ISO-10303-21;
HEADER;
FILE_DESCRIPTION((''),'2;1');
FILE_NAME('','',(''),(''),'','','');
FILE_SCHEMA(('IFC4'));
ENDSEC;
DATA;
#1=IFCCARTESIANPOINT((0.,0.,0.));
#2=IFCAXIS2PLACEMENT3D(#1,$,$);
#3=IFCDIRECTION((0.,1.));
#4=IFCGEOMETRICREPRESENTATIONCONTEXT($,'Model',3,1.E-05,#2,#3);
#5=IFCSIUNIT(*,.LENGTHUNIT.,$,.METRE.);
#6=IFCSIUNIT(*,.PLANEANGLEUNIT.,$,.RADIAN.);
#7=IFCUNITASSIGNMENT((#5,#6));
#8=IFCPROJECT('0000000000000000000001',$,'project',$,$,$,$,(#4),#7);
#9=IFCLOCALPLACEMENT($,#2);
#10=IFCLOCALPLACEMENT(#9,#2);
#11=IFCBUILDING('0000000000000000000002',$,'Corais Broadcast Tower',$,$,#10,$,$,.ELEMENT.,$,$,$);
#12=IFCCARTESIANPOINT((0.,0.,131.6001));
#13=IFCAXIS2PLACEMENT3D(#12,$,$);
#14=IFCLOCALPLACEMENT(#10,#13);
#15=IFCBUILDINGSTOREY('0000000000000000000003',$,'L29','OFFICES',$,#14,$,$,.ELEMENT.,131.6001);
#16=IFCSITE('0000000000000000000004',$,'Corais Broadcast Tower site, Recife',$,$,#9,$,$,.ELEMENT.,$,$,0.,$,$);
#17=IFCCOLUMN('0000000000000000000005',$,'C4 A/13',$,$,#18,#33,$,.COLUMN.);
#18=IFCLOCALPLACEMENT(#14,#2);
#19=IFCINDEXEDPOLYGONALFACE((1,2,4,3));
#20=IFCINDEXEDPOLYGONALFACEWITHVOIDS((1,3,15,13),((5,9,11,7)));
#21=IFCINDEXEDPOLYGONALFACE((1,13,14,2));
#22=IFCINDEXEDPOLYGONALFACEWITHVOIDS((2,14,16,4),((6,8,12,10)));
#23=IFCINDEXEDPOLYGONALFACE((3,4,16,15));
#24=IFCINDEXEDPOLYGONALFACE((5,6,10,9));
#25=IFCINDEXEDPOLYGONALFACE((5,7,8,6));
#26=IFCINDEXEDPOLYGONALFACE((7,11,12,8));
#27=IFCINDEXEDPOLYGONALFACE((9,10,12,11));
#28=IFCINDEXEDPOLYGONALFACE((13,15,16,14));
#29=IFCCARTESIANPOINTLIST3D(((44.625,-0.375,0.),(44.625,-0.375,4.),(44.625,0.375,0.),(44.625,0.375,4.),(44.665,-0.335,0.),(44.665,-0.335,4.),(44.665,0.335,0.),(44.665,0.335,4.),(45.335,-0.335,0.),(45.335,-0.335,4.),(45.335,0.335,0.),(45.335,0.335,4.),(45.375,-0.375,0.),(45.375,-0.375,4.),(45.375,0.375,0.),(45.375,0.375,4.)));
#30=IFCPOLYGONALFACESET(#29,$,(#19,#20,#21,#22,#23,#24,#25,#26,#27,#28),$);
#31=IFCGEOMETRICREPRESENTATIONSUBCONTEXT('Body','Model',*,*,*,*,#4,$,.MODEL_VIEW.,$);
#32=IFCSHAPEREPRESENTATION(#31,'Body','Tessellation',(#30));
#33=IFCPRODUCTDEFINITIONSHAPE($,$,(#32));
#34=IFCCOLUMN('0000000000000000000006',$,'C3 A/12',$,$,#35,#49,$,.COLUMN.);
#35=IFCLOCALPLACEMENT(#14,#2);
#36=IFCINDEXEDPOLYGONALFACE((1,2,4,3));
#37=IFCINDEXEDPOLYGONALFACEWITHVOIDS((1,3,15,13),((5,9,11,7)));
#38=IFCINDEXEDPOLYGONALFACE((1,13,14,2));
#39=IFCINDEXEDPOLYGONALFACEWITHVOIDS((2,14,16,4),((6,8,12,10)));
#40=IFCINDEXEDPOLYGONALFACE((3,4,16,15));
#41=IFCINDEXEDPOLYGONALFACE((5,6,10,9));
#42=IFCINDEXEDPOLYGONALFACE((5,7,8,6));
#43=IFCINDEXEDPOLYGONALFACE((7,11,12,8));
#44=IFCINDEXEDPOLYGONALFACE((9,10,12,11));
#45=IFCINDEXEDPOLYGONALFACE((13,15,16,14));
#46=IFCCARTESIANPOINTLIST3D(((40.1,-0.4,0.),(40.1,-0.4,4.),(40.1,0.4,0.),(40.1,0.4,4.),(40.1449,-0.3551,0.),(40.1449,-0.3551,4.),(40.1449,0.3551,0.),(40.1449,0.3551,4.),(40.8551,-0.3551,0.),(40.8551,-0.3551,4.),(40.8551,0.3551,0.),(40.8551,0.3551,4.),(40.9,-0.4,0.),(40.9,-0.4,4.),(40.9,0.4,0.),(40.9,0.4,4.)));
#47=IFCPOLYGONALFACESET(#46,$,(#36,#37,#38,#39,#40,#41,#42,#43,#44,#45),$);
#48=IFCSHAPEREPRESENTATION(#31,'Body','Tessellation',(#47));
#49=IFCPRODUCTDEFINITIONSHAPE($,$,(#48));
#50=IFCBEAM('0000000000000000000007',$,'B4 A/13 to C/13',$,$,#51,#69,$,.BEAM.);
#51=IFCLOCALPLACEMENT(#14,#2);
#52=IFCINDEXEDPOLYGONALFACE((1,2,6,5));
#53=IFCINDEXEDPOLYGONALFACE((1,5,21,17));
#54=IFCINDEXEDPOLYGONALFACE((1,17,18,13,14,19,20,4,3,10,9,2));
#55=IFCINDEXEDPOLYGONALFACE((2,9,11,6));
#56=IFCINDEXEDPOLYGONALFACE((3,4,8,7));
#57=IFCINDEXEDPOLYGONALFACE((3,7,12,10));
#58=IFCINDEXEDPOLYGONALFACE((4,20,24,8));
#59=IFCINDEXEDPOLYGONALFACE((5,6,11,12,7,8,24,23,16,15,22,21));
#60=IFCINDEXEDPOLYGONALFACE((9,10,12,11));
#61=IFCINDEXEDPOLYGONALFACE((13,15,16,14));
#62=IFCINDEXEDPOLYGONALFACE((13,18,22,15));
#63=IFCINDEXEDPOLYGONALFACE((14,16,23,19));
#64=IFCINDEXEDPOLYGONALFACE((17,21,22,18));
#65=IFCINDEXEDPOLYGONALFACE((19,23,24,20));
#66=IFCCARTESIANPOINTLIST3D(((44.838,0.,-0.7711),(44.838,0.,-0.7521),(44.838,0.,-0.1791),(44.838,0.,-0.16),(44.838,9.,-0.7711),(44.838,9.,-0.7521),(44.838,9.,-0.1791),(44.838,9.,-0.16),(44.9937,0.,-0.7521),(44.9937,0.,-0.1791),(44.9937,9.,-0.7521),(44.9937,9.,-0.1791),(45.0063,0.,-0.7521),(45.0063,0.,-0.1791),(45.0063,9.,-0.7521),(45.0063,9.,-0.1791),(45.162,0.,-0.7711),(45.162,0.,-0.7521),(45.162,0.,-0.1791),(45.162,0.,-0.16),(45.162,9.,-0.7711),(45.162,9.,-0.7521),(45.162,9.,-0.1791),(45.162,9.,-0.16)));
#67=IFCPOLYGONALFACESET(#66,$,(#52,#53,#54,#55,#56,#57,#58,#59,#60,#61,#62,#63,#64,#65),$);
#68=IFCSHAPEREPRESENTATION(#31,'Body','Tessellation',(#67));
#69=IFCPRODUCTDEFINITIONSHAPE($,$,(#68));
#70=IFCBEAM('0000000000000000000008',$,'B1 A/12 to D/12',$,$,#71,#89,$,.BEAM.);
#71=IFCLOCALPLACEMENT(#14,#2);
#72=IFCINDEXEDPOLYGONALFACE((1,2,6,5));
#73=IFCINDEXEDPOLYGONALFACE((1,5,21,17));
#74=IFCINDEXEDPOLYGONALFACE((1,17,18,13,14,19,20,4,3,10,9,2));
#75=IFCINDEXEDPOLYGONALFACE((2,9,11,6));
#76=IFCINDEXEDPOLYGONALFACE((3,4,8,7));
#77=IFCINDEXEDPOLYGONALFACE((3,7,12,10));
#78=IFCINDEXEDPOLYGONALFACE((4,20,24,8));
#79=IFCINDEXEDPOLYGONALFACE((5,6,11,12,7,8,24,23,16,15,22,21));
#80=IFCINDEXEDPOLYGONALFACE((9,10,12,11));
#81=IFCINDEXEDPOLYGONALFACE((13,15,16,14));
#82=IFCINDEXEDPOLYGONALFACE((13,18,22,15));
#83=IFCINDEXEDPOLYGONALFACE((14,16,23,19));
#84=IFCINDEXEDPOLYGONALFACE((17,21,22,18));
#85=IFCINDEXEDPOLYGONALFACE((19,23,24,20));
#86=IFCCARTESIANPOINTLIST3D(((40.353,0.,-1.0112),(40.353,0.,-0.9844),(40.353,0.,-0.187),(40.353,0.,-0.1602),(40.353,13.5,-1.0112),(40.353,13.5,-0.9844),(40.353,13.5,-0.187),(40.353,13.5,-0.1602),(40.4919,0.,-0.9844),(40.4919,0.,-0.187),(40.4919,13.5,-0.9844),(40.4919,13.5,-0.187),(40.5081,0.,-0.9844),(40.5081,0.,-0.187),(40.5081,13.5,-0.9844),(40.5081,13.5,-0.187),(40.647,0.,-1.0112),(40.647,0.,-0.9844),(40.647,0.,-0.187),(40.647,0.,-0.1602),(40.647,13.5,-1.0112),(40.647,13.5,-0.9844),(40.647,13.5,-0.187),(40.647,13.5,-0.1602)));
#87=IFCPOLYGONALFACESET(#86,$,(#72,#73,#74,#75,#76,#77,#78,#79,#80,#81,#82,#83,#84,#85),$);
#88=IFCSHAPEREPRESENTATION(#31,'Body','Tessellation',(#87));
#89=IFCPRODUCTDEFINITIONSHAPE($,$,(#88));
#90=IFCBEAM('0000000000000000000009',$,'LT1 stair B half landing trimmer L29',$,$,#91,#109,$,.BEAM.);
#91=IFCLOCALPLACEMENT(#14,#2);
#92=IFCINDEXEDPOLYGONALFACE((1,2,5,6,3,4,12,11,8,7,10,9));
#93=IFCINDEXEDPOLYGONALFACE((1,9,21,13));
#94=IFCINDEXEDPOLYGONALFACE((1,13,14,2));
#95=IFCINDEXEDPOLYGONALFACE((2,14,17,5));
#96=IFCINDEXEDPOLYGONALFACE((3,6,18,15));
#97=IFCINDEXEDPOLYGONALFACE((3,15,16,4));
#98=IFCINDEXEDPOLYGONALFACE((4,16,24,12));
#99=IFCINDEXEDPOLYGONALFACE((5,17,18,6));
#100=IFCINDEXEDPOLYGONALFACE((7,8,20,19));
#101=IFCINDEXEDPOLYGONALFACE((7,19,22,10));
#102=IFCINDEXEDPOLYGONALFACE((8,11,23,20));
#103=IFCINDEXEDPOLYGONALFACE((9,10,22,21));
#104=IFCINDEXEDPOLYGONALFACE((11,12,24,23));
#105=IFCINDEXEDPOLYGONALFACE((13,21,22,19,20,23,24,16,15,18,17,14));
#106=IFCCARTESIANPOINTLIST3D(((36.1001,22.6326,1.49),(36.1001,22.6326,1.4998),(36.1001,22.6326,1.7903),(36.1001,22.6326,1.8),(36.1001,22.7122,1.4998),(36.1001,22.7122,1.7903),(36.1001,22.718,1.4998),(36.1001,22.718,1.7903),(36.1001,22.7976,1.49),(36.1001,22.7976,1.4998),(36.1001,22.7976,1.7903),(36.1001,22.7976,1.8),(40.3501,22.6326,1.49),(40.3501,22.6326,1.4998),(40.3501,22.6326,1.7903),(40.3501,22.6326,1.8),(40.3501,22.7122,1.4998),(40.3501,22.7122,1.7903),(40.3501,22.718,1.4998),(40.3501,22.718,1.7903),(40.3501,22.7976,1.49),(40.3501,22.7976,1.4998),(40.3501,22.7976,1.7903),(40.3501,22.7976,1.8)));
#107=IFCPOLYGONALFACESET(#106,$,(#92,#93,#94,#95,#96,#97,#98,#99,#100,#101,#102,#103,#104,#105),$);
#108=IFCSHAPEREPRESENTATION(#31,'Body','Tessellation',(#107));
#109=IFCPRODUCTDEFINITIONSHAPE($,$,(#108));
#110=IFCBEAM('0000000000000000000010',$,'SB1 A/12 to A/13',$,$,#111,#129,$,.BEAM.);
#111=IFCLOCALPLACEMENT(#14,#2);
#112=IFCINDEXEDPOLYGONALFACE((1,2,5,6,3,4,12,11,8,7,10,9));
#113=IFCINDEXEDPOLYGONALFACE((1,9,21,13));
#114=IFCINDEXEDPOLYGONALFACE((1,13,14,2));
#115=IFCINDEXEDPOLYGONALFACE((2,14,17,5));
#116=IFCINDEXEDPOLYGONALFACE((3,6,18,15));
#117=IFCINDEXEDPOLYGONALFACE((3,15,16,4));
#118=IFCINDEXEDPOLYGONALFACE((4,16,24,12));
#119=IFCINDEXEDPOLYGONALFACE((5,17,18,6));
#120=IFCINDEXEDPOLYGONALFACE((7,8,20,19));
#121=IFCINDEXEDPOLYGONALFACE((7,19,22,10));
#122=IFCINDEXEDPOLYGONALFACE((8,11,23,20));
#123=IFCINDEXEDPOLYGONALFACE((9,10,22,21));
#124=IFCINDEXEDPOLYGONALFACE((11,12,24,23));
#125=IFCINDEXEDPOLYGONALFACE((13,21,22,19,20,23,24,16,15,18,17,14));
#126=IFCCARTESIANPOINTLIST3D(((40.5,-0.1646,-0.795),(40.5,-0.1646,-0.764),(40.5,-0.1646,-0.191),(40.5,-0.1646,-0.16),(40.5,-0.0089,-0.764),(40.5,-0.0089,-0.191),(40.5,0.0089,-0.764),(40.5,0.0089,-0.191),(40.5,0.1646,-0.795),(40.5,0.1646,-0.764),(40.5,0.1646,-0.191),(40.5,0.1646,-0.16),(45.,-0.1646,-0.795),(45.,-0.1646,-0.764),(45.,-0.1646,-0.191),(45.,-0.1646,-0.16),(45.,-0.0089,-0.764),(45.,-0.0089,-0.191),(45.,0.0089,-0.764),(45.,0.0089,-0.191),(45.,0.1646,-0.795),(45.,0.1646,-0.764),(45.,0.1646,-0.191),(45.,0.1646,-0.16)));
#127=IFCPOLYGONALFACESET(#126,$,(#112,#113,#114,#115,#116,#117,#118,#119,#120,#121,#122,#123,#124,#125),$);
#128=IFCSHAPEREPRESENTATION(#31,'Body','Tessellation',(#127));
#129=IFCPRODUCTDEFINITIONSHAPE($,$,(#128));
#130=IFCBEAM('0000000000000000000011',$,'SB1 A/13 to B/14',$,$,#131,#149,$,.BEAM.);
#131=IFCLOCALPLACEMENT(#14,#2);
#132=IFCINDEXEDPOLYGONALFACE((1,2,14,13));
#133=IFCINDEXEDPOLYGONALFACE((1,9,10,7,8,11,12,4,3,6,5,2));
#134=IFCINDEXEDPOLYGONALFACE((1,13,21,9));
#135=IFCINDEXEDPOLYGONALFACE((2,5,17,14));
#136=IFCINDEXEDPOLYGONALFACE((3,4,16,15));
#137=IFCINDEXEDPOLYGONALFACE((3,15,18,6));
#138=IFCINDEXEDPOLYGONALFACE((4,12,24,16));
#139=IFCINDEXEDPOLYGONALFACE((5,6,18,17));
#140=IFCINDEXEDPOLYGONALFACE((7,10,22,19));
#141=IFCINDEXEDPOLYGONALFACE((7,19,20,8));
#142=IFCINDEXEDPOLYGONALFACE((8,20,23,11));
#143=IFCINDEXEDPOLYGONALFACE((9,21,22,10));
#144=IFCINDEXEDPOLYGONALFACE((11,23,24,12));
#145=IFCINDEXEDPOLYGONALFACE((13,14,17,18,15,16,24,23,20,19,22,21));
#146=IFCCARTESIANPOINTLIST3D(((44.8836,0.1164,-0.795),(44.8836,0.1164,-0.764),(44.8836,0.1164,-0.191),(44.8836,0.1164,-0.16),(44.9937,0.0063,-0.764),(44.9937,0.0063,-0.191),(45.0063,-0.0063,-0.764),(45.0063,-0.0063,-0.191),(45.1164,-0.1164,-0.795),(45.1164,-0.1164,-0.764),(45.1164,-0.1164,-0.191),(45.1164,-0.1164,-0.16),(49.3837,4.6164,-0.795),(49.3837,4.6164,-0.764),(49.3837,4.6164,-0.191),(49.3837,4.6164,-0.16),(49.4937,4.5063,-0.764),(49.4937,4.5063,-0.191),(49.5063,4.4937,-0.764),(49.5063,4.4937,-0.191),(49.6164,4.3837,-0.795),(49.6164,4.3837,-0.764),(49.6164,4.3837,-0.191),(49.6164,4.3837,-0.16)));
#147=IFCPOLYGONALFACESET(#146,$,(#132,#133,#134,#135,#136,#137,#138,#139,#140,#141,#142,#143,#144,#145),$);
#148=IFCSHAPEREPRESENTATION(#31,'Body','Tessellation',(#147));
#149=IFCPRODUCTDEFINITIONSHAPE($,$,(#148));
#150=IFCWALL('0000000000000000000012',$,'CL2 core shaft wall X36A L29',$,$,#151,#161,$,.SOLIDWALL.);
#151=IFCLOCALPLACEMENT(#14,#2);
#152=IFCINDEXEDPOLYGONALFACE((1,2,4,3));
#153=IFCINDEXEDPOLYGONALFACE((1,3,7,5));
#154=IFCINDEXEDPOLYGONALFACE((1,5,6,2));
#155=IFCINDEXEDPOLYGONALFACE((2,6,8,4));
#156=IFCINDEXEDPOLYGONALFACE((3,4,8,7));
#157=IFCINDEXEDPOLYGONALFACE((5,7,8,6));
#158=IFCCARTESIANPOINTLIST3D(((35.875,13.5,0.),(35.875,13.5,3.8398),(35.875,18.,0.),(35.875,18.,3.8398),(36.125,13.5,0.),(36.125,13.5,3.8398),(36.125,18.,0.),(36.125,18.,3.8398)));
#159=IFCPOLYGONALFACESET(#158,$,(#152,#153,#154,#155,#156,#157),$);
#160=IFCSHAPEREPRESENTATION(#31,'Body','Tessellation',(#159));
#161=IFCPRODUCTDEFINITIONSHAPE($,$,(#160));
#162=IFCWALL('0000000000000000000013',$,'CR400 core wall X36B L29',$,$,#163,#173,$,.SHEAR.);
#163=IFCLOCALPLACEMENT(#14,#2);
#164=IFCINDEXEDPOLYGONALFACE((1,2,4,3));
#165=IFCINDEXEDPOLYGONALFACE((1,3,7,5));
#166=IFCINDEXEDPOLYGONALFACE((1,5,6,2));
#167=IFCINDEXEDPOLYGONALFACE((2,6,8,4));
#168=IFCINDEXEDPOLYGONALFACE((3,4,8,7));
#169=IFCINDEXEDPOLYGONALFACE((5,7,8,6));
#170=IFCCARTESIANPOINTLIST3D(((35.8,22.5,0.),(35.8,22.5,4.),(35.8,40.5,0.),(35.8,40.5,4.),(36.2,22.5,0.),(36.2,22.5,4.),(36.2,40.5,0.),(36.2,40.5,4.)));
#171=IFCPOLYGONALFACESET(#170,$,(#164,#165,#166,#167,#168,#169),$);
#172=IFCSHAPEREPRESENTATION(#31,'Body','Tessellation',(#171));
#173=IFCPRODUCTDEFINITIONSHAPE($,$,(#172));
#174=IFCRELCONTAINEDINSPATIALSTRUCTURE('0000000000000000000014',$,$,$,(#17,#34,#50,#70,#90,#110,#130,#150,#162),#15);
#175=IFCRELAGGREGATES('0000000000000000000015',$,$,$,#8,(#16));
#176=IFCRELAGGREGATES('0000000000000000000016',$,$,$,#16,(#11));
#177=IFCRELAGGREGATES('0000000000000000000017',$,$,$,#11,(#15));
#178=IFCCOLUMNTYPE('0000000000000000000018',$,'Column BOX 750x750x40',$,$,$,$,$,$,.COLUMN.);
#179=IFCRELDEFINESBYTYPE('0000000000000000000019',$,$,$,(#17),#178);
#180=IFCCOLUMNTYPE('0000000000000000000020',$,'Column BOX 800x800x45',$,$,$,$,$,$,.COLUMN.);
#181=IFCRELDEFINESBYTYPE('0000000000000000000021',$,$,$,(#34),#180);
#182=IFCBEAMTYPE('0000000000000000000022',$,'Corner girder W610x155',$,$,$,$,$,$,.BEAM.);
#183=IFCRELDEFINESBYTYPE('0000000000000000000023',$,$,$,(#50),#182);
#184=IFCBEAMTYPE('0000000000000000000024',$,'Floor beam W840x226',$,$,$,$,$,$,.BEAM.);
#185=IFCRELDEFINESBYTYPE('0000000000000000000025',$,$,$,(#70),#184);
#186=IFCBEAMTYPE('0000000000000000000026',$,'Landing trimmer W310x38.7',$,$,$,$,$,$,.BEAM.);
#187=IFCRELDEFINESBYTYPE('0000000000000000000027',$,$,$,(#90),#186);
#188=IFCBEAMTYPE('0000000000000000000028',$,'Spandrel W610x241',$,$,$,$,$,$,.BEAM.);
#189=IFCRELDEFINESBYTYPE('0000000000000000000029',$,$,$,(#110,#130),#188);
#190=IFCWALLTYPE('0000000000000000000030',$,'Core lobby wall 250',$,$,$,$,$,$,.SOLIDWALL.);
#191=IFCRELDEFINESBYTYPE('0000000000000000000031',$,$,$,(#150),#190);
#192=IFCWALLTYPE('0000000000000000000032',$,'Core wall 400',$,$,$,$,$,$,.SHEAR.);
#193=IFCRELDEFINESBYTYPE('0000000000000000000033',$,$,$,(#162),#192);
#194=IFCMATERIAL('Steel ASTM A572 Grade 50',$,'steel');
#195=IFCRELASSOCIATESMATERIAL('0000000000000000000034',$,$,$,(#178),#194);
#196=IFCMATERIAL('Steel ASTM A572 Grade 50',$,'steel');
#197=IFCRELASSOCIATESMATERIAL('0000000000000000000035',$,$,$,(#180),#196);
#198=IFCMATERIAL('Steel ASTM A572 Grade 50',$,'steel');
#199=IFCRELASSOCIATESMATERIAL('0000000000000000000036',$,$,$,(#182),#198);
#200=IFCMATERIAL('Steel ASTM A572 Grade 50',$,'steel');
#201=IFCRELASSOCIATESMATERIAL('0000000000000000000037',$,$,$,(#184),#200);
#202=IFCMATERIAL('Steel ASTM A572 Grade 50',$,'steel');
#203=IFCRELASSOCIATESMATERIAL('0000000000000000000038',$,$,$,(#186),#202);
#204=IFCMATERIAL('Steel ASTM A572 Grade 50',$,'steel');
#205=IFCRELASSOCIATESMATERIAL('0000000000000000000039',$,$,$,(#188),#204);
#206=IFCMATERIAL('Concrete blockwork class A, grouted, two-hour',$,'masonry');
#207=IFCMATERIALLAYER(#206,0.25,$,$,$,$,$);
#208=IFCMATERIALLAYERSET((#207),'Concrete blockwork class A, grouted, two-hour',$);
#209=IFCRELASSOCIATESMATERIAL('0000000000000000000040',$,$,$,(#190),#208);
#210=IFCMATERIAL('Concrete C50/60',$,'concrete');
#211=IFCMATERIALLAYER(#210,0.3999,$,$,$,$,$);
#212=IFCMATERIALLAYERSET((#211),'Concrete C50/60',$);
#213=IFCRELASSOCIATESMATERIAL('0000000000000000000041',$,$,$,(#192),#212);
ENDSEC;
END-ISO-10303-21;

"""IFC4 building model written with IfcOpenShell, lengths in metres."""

from ifc_helpers import new_model, si_unit, direction, frame, frame_2d, origin, origin_2d, place, context, subcontext, project, spatial, rectangle, hollow_rectangle, i_section, extrude, material, layer, layer_set, material_profile, profile_set, type_object, element, save


model = new_model("IFC4")

# Units and contexts
model_context = context("Model", 3, precision=1e-05, world=origin(), true_north=direction((0.0, 1.0)))
body_context = subcontext(model_context, "Body", "Model", "MODEL_VIEW")
ifc_project = project(units=[si_unit("LENGTHUNIT", "METRE"), si_unit("PLANEANGLEUNIT", "RADIAN")], contexts=[model_context])

# Site, building, storey
site_placement = place(None, origin())
site = spatial("IfcSite", under=ifc_project, at=site_placement, Name="Corais Broadcast Tower site, Recife", CompositionType="ELEMENT", RefElevation=0.0)
building_placement = place(site_placement, origin())
building = spatial("IfcBuilding", under=site, at=building_placement, Name="Corais Broadcast Tower", CompositionType="ELEMENT")
storey_placement = place(building_placement, frame((0.0, 0.0, 131.6001)))
storey = spatial("IfcBuildingStorey", under=building, at=storey_placement, Name="L29", Description="OFFICES", CompositionType="ELEMENT", Elevation=131.6001)

# Columns
ifc_material_1 = material(Name="Steel ASTM A572 Grade 50", Category="steel")
ifc_material_profile_1 = material_profile(ifc_material_1, hollow_rectangle(XDim=0.75, YDim=0.75, WallThickness=0.04, at=origin_2d()), Name="BOX 750x750x40")
ifc_profile_set_1 = profile_set([ifc_material_profile_1], Name="Steel ASTM A572 Grade 50")
column_type_1 = type_object("IfcColumnType", Name="Column BOX 750x750x40", PredefinedType="COLUMN", material=ifc_profile_set_1)
column_1_placement = place(storey_placement, frame((45.0, 0.0, 0.0), z_axis=(0.0, 0.0, 1.0), x_axis=(1.0, 0.0, 0.0)))
element("IfcColumn", 1, at=column_1_placement, inside=storey, type_object=column_type_1, Name="C4 A/13", PredefinedType="COLUMN", context=body_context, shape_type="SweptSolid", body=[
    extrude(hollow_rectangle(XDim=0.75, YDim=0.75, WallThickness=0.04, at=origin_2d()), origin(), (0.0, 0.0, 1.0), 4.0),
])
ifc_material_2 = material(Name="Steel ASTM A572 Grade 50", Category="steel")
ifc_material_profile_2 = material_profile(ifc_material_2, hollow_rectangle(XDim=0.8, YDim=0.8, WallThickness=0.0449, at=origin_2d()), Name="BOX 800x800x45")
ifc_profile_set_2 = profile_set([ifc_material_profile_2], Name="Steel ASTM A572 Grade 50")
column_type_2 = type_object("IfcColumnType", Name="Column BOX 800x800x45", PredefinedType="COLUMN", material=ifc_profile_set_2)
column_2_placement = place(storey_placement, frame((40.5, 0.0, 0.0), z_axis=(0.0, 0.0, 1.0), x_axis=(1.0, 0.0, 0.0)))
element("IfcColumn", 2, at=column_2_placement, inside=storey, type_object=column_type_2, Name="C3 A/12", PredefinedType="COLUMN", context=body_context, shape_type="SweptSolid", body=[
    extrude(hollow_rectangle(XDim=0.8, YDim=0.8, WallThickness=0.0449, at=origin_2d()), origin(), (0.0, 0.0, 1.0), 4.0),
])

# Beams
ifc_material_3 = material(Name="Steel ASTM A572 Grade 50", Category="steel")
ifc_material_profile_3 = material_profile(ifc_material_3, i_section(OverallWidth=0.324, OverallDepth=0.6111, WebThickness=0.0127, FlangeThickness=0.019, at=origin_2d()), Name="W610x155")
ifc_profile_set_3 = profile_set([ifc_material_profile_3], Name="Steel ASTM A572 Grade 50")
beam_type_1 = type_object("IfcBeamType", Name="Corner girder W610x155", PredefinedType="BEAM", material=ifc_profile_set_3)
beam_1_placement = place(storey_placement, frame((45.0, 0.0, -0.4656), z_axis=(0.0, 1.0, 0.0), x_axis=(-1.0, 0.0, 0.0)))
element("IfcBeam", 3, at=beam_1_placement, inside=storey, type_object=beam_type_1, Name="B4 A/13 to C/13", PredefinedType="BEAM", context=body_context, shape_type="SweptSolid", body=[
    extrude(i_section(OverallWidth=0.324, OverallDepth=0.6111, WebThickness=0.0127, FlangeThickness=0.019, at=origin_2d()), origin(), (0.0, 0.0, 1.0), 9.0),
])
ifc_material_4 = material(Name="Steel ASTM A572 Grade 50", Category="steel")
ifc_material_profile_4 = material_profile(ifc_material_4, i_section(OverallWidth=0.2939, OverallDepth=0.8511, WebThickness=0.0161, FlangeThickness=0.0269, at=origin_2d()), Name="W840x226")
ifc_profile_set_4 = profile_set([ifc_material_profile_4], Name="Steel ASTM A572 Grade 50")
beam_type_2 = type_object("IfcBeamType", Name="Floor beam W840x226", PredefinedType="BEAM", material=ifc_profile_set_4)
beam_2_placement = place(storey_placement, frame((40.5, 0.0, -0.5857), z_axis=(0.0, 1.0, 0.0), x_axis=(-1.0, 0.0, 0.0)))
element("IfcBeam", 4, at=beam_2_placement, inside=storey, type_object=beam_type_2, Name="B1 A/12 to D/12", PredefinedType="BEAM", context=body_context, shape_type="SweptSolid", body=[
    extrude(i_section(OverallWidth=0.2939, OverallDepth=0.8511, WebThickness=0.0161, FlangeThickness=0.0269, at=origin_2d()), origin(), (0.0, 0.0, 1.0), 13.5),
])
ifc_material_5 = material(Name="Steel ASTM A572 Grade 50", Category="steel")
ifc_material_profile_5 = material_profile(ifc_material_5, i_section(OverallWidth=0.165, OverallDepth=0.3101, WebThickness=0.0059, FlangeThickness=0.0098, at=origin_2d()), Name="W310x38.7")
ifc_profile_set_5 = profile_set([ifc_material_profile_5], Name="Steel ASTM A572 Grade 50")
beam_type_3 = type_object("IfcBeamType", Name="Landing trimmer W310x38.7", PredefinedType="BEAM", material=ifc_profile_set_5)
beam_3_placement = place(storey_placement, frame((36.1001, 22.7151, 1.645), z_axis=(1.0, 0.0, 0.0), x_axis=(0.0, 1.0, 0.0)))
element("IfcBeam", 5, at=beam_3_placement, inside=storey, type_object=beam_type_3, Name="LT1 stair B half landing trimmer L29", PredefinedType="BEAM", context=body_context, shape_type="SweptSolid", body=[
    extrude(i_section(OverallWidth=0.165, OverallDepth=0.3101, WebThickness=0.0059, FlangeThickness=0.0098, at=origin_2d()), origin(), (0.0, 0.0, 1.0), 4.25),
])
ifc_material_6 = material(Name="Steel ASTM A572 Grade 50", Category="steel")
ifc_material_profile_6 = material_profile(ifc_material_6, i_section(OverallWidth=0.3291, OverallDepth=0.635, WebThickness=0.0178, FlangeThickness=0.031, at=origin_2d()), Name="W610x241")
ifc_profile_set_6 = profile_set([ifc_material_profile_6], Name="Steel ASTM A572 Grade 50")
beam_type_4 = type_object("IfcBeamType", Name="Spandrel W610x241", PredefinedType="BEAM", material=ifc_profile_set_6)
beam_4_placement = place(storey_placement, frame((40.5, 0.0, -0.4775), z_axis=(1.0, 0.0, 0.0), x_axis=(0.0, 1.0, 0.0)))
element("IfcBeam", 6, at=beam_4_placement, inside=storey, type_object=beam_type_4, Name="SB1 A/12 to A/13", PredefinedType="BEAM", context=body_context, shape_type="SweptSolid", body=[
    extrude(i_section(OverallWidth=0.3291, OverallDepth=0.635, WebThickness=0.0178, FlangeThickness=0.031, at=origin_2d()), origin(), (0.0, 0.0, 1.0), 4.5),
])
beam_5_placement = place(storey_placement, frame((45.0, 0.0, -0.4775), z_axis=(0.707107, 0.707107, 0.0), x_axis=(-0.707107, 0.707107, 0.0)))
element("IfcBeam", 7, at=beam_5_placement, inside=storey, type_object=beam_type_4, Name="SB1 A/13 to B/14", PredefinedType="BEAM", context=body_context, shape_type="SweptSolid", body=[
    extrude(i_section(OverallWidth=0.3291, OverallDepth=0.635, WebThickness=0.0178, FlangeThickness=0.031, at=origin_2d()), origin(), (0.0, 0.0, 1.0), 6.364),
])

# Walls
ifc_material_7 = material(Name="Concrete blockwork class A, grouted, two-hour", Category="masonry")
ifc_layer_1 = layer(ifc_material_7, 0.25)
ifc_layer_set_1 = layer_set([ifc_layer_1], Name="Concrete blockwork class A, grouted, two-hour")
wall_type_1 = type_object("IfcWallType", Name="Core lobby wall 250", PredefinedType="SOLIDWALL", material=ifc_layer_set_1)
wall_1_placement = place(storey_placement, frame((36.0, 13.5, 0.0), z_axis=(0.0, 0.0, 1.0), x_axis=(0.0, 1.0, 0.0)))
element("IfcWall", 8, at=wall_1_placement, inside=storey, type_object=wall_type_1, Name="CL2 core shaft wall X36A L29", PredefinedType="SOLIDWALL", context=body_context, shape_type="SweptSolid", body=[
    extrude(rectangle(XDim=4.5, YDim=0.25, at=frame_2d((2.25, 0.0))), origin(), (0.0, 0.0, 1.0), 3.8398),
])
ifc_material_8 = material(Name="Concrete C50/60", Category="concrete")
ifc_layer_2 = layer(ifc_material_8, 0.3999)
ifc_layer_set_2 = layer_set([ifc_layer_2], Name="Concrete C50/60")
wall_type_2 = type_object("IfcWallType", Name="Core wall 400", PredefinedType="SHEAR", material=ifc_layer_set_2)
wall_2_placement = place(storey_placement, frame((36.0, 22.5, 0.0), z_axis=(0.0, 0.0, 1.0), x_axis=(0.0, 1.0, 0.0)))
element("IfcWall", 9, at=wall_2_placement, inside=storey, type_object=wall_type_2, Name="CR400 core wall X36B L29", PredefinedType="SHEAR", context=body_context, shape_type="SweptSolid", body=[
    extrude(rectangle(XDim=18.0, YDim=0.3999, at=frame_2d((9.0, 0.0))), origin(), (0.0, 0.0, 1.0), 4.0),
])

save(model, "model.ifc")
